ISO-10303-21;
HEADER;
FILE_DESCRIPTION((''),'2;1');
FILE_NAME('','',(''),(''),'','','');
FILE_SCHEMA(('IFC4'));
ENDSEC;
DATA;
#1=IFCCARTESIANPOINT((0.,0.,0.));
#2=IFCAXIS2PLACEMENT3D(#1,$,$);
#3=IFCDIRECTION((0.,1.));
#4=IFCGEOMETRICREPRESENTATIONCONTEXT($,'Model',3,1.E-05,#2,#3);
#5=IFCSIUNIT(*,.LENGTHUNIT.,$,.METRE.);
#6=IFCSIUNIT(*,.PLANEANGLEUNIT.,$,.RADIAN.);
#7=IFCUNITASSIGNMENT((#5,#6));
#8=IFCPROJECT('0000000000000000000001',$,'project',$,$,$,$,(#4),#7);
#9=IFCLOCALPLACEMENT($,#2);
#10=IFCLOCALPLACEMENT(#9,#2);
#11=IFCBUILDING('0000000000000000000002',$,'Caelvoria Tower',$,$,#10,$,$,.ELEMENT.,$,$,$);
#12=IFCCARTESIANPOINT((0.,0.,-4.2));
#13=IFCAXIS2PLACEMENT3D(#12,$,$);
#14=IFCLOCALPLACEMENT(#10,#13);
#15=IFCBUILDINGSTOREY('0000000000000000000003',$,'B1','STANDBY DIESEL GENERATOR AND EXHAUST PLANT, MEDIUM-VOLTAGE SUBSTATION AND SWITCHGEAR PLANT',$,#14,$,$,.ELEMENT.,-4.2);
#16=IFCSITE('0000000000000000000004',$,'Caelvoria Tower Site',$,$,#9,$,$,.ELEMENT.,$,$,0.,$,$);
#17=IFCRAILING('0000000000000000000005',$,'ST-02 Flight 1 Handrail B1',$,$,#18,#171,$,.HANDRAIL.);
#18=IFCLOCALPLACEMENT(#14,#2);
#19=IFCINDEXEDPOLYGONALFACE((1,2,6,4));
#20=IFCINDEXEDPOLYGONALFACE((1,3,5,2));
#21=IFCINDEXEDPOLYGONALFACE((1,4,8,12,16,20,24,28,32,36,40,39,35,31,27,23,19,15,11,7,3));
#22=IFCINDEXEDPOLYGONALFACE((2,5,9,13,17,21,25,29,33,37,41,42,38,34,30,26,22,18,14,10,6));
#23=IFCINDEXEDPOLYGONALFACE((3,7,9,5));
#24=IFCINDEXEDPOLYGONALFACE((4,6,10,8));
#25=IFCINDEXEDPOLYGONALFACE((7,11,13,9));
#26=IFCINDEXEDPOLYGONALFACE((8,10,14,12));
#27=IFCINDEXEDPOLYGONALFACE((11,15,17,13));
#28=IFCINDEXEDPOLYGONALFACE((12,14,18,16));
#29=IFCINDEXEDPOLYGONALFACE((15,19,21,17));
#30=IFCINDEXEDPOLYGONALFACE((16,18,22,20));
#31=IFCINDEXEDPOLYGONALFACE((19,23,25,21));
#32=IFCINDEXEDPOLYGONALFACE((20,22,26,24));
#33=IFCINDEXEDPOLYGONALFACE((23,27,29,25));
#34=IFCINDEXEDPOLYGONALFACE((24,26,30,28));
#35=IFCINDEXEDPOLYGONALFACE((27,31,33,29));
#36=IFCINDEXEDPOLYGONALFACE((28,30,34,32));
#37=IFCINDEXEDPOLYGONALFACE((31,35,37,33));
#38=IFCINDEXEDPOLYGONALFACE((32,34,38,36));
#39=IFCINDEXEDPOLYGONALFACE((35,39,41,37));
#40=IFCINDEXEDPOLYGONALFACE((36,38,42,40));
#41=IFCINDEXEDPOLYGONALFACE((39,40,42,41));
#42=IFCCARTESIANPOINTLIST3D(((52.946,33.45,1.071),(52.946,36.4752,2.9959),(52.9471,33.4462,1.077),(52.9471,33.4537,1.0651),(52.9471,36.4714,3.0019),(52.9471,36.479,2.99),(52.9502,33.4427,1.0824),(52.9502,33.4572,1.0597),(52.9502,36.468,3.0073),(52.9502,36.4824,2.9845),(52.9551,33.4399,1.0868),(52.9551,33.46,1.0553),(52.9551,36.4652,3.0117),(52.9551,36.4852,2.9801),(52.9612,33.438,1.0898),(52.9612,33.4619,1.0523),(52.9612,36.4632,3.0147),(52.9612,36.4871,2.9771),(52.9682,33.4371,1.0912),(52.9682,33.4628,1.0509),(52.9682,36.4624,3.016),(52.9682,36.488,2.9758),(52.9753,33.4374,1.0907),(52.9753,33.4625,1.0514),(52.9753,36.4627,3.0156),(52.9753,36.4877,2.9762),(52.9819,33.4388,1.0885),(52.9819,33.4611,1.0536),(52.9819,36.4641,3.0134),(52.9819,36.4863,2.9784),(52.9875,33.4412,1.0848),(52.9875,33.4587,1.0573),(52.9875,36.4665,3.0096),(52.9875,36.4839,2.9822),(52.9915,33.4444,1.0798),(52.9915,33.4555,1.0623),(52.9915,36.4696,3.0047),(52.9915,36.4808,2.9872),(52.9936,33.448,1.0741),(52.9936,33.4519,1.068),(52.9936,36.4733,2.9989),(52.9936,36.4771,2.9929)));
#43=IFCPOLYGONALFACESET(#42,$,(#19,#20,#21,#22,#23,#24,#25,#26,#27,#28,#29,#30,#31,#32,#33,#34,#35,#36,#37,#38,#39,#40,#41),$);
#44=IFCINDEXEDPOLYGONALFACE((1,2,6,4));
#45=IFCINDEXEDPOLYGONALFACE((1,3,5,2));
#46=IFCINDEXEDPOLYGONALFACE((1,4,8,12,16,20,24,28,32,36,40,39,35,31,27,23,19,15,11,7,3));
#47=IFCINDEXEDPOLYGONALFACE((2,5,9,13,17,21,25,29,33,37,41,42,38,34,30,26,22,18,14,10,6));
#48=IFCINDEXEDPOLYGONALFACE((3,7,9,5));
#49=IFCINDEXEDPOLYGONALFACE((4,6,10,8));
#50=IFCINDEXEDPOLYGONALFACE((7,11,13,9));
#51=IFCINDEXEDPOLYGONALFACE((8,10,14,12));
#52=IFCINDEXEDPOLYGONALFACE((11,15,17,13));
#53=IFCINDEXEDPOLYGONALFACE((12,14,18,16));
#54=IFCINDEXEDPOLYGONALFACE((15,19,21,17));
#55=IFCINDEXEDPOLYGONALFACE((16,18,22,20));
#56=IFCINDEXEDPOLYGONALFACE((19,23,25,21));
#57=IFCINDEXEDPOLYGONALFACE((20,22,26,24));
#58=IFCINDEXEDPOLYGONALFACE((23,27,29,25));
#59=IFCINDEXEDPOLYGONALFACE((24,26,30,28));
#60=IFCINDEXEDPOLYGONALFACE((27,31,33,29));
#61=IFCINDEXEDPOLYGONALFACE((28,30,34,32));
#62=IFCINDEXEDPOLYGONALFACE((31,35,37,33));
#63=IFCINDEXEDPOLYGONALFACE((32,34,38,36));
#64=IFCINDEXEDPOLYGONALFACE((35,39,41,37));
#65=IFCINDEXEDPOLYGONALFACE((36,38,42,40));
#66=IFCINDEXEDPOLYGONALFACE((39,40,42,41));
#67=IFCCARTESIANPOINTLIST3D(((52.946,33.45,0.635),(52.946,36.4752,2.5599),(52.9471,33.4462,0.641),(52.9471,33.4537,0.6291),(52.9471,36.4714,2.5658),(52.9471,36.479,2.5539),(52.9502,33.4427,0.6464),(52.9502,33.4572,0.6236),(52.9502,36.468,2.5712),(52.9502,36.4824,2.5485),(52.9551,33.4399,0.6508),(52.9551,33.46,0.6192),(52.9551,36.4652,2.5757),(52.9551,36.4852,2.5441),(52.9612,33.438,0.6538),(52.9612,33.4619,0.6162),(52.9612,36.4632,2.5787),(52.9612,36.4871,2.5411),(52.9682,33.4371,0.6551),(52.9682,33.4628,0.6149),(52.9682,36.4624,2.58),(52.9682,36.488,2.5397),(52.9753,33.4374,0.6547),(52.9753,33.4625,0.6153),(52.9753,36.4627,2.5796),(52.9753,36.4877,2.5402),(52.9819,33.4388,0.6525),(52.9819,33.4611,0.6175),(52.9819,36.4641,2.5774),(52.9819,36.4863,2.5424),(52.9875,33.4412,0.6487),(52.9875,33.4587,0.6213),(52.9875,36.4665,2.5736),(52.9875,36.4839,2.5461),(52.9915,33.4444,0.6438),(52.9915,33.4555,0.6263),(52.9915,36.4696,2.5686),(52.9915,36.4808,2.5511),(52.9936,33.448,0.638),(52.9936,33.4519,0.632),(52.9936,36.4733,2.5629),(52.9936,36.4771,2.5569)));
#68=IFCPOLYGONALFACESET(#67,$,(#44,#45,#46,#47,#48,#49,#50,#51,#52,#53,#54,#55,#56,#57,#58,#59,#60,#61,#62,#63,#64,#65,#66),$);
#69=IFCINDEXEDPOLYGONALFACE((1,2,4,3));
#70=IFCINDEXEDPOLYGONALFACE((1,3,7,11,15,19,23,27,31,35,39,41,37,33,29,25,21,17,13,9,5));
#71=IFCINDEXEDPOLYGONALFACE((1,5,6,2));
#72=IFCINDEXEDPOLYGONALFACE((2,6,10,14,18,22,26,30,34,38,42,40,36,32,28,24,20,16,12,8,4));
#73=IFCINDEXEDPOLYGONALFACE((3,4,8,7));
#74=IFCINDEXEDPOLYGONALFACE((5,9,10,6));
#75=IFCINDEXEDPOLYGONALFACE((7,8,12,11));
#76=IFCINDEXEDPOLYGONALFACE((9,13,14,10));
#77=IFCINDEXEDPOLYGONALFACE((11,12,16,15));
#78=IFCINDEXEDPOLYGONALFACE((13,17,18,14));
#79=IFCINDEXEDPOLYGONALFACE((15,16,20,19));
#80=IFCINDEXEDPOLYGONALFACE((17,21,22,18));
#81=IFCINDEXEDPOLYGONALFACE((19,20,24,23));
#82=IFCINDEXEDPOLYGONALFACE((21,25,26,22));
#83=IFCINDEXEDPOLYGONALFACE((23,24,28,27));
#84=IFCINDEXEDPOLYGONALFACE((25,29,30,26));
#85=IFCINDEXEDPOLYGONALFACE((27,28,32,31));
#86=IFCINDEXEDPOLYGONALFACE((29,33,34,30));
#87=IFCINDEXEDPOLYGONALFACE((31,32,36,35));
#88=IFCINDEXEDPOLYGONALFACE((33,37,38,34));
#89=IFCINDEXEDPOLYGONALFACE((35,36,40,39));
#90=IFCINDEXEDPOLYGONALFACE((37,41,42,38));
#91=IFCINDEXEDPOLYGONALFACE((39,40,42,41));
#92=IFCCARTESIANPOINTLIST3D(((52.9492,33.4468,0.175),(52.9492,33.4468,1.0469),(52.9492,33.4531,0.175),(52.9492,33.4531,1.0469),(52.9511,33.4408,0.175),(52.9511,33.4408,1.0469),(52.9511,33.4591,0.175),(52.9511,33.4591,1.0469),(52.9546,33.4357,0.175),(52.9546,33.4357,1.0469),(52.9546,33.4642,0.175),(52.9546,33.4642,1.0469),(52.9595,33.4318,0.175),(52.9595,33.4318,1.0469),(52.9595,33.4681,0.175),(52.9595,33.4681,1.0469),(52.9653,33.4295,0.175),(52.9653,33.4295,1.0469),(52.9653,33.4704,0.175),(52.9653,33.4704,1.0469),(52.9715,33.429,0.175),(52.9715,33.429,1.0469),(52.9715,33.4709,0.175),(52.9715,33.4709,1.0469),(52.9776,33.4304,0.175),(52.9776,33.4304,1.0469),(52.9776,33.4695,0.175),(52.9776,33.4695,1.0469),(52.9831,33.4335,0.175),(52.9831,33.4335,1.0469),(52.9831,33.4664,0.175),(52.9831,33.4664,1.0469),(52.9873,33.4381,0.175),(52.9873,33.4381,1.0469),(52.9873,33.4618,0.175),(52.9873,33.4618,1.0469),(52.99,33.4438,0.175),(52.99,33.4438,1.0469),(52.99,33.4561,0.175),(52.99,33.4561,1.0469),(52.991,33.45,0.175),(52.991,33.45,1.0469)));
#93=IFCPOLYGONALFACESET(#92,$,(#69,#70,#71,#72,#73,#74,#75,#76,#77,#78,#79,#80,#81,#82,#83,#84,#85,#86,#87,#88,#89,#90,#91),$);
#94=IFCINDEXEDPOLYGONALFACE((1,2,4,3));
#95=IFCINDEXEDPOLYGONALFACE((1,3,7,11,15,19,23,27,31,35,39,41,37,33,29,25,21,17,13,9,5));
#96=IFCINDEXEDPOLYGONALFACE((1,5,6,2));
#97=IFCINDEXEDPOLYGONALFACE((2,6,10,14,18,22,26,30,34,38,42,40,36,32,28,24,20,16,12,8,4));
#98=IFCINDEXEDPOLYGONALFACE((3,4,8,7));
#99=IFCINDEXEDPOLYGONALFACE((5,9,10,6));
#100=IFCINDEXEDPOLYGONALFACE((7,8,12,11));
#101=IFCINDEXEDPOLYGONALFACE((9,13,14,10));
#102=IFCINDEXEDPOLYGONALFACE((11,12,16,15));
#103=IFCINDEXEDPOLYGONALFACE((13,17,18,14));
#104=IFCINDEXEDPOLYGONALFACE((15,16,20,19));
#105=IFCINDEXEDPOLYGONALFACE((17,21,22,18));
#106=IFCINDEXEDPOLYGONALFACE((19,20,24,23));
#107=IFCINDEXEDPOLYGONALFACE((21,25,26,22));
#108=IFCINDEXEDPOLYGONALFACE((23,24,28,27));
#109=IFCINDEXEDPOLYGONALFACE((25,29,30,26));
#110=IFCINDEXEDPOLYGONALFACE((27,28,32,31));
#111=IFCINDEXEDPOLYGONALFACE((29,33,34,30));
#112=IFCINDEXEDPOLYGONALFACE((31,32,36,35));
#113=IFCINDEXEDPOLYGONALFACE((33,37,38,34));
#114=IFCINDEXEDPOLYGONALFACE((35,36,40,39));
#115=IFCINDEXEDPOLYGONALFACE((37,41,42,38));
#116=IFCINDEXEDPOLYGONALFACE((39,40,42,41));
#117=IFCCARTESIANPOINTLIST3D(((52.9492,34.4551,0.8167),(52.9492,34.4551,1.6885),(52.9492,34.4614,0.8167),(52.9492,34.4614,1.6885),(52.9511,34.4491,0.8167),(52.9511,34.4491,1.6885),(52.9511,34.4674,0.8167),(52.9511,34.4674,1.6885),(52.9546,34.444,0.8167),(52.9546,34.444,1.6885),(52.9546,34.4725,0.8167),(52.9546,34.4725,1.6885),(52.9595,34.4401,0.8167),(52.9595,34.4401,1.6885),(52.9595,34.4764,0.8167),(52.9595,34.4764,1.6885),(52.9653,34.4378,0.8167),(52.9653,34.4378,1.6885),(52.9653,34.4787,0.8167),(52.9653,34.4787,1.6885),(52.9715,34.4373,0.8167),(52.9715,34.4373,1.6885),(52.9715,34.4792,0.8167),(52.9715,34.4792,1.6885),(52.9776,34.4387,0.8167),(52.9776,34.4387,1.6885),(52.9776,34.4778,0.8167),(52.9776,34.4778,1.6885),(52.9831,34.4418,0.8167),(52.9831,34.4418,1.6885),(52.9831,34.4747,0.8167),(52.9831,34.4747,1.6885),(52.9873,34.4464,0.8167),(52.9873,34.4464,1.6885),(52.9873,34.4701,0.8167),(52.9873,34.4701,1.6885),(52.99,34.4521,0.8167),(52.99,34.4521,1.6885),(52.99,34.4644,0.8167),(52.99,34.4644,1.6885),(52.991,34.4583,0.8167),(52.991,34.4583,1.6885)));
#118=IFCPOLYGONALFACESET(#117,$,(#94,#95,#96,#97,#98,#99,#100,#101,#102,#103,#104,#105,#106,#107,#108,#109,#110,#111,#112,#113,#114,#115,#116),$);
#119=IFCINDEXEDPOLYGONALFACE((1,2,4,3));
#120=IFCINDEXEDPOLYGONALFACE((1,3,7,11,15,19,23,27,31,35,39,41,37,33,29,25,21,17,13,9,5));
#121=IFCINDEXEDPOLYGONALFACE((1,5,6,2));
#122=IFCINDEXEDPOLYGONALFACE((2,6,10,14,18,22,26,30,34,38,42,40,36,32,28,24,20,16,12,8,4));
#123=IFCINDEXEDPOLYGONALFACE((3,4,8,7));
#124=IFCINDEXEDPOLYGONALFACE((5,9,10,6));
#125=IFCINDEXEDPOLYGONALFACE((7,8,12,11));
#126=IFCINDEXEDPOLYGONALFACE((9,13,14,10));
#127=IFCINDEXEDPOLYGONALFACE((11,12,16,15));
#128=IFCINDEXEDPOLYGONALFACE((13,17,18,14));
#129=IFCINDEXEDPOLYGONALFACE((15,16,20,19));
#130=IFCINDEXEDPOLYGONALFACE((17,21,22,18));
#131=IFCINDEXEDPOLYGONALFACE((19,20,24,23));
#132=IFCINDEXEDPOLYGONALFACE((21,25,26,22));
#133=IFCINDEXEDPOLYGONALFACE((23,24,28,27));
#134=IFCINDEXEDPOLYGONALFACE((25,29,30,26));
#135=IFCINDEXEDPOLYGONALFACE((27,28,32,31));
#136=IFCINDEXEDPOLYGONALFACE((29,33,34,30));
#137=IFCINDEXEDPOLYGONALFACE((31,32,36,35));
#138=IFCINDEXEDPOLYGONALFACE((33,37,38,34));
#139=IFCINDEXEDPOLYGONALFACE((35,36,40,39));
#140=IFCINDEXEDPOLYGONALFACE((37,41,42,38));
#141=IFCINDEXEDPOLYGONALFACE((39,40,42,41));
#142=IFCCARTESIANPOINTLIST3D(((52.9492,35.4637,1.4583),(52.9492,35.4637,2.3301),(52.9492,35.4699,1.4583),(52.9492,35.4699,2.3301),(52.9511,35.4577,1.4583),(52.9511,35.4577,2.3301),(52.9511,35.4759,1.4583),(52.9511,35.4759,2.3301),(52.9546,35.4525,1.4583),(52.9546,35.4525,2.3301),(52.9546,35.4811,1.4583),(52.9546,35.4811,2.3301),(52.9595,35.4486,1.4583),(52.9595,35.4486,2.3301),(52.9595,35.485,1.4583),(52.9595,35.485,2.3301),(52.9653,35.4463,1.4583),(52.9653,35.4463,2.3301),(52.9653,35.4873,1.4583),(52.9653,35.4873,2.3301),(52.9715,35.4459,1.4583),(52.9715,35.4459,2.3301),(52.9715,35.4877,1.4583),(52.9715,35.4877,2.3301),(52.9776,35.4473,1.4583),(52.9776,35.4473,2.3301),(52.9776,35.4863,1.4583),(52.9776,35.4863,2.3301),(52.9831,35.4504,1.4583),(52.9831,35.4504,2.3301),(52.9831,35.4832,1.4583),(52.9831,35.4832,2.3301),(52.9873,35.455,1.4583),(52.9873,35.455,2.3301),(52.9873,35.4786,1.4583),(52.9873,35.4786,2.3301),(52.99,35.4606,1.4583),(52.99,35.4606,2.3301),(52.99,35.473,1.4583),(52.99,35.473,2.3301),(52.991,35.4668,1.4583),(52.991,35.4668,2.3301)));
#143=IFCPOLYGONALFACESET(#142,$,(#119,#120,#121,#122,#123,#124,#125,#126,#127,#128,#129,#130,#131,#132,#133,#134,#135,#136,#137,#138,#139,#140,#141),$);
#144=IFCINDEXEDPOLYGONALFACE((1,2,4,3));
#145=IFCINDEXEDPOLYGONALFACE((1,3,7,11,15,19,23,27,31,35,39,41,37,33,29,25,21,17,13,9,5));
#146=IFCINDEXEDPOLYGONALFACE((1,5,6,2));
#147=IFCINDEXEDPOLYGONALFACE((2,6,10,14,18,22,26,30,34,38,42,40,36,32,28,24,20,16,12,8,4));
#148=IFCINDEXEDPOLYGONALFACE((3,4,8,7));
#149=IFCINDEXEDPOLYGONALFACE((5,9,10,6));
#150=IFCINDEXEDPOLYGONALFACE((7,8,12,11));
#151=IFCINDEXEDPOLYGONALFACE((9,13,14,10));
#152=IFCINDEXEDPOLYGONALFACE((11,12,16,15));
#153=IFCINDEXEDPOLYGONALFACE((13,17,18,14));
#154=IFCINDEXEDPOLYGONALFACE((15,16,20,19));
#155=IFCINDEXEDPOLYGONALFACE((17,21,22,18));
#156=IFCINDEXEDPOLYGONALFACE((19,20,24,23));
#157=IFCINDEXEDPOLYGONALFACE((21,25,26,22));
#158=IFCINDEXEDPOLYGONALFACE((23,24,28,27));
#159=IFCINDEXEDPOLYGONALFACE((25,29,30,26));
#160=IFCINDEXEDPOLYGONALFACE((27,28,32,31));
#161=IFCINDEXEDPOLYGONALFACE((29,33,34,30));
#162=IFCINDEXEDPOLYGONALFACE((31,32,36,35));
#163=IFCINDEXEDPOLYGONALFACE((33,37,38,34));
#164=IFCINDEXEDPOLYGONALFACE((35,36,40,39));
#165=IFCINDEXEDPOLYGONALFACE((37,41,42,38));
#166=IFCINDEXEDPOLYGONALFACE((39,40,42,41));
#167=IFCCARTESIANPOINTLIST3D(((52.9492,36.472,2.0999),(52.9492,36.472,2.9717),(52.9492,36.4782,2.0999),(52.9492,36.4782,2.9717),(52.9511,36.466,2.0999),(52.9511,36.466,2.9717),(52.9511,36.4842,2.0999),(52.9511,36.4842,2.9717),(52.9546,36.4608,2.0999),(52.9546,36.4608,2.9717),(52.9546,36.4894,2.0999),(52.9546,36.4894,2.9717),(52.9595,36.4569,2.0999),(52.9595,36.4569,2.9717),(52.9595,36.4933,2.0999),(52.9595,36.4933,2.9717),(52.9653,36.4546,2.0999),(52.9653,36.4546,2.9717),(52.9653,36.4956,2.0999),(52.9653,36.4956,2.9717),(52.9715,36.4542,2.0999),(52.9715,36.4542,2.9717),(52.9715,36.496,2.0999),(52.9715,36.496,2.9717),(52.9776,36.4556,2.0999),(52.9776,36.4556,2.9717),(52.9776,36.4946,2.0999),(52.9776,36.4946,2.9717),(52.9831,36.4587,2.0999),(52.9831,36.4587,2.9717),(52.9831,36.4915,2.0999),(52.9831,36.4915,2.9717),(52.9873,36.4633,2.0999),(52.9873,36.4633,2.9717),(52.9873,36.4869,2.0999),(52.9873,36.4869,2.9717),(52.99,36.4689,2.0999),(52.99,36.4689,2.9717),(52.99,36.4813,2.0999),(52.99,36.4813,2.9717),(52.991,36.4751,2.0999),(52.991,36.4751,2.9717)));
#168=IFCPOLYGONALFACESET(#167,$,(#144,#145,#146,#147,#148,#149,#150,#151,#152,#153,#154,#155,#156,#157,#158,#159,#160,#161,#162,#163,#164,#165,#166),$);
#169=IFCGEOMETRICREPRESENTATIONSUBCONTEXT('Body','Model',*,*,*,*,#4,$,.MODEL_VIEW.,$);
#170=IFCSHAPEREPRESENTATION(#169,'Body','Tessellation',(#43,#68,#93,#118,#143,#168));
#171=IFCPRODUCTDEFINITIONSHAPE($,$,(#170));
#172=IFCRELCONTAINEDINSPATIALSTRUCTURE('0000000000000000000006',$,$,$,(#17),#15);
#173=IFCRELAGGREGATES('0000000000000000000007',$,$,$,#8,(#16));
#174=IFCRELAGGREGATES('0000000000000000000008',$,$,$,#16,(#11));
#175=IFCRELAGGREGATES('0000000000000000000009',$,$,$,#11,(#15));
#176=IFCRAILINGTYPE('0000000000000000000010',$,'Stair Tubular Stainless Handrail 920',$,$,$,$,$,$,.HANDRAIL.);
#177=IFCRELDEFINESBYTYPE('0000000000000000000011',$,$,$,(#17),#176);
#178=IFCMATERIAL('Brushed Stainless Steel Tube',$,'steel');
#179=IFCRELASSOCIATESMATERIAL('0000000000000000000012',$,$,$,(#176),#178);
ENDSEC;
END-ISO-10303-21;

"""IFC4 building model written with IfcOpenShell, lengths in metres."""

from ifc_helpers import new_model, si_unit, direction, frame, origin, origin_2d, place, context, subcontext, project, spatial, circle, extrude, material, type_object, element, save


model = new_model("IFC4")

# Units and contexts
model_context = context("Model", 3, precision=1e-05, world=origin(), true_north=direction((0.0, 1.0)))
body_context = subcontext(model_context, "Body", "Model", "MODEL_VIEW")
ifc_project = project(units=[si_unit("LENGTHUNIT", "METRE"), si_unit("PLANEANGLEUNIT", "RADIAN")], contexts=[model_context])

# Site, building, storey
site_placement = place(None, origin())
site = spatial("IfcSite", under=ifc_project, at=site_placement, Name="Caelvoria Tower Site", CompositionType="ELEMENT", RefElevation=0.0)
building_placement = place(site_placement, origin())
building = spatial("IfcBuilding", under=site, at=building_placement, Name="Caelvoria Tower", CompositionType="ELEMENT")
storey_placement = place(building_placement, frame((0.0, 0.0, -4.2)))
storey = spatial("IfcBuildingStorey", under=building, at=storey_placement, Name="B1", Description="STANDBY DIESEL GENERATOR AND EXHAUST PLANT, MEDIUM-VOLTAGE SUBSTATION AND SWITCHGEAR PLANT", CompositionType="ELEMENT", Elevation=-4.2)

# Railing
ifc_material_1 = material(Name="Brushed Stainless Steel Tube", Category="steel")
railing_type_1 = type_object("IfcRailingType", Name="Stair Tubular Stainless Handrail 920", PredefinedType="HANDRAIL", material=ifc_material_1)
railing_1_placement = place(storey_placement, frame((52.97, 33.45, 0.175)))
element("IfcRailing", 1, at=railing_1_placement, inside=storey, type_object=railing_type_1, Name="ST-02 Flight 1 Handrail B1", PredefinedType="HANDRAIL", context=body_context, shape_type="SweptSolid", body=[
    extrude(circle(Radius=0.0239, at=origin_2d()), frame((0.0, 0.0, 0.896), z_axis=(0.0, 0.843698, 0.536818), x_axis=(-1.0, 0.0, 0.0)), (0.0, 0.0, 1.0), 3.5857),
    extrude(circle(Radius=0.0239, at=origin_2d()), frame((0.0, 0.0, 0.46), z_axis=(0.0, 0.843698, 0.536818), x_axis=(-1.0, 0.0, 0.0)), (0.0, 0.0, 1.0), 3.5857),
    extrude(circle(Radius=0.021, at=origin_2d()), origin(), (0.0, 0.0, 1.0), 0.8718),
    extrude(circle(Radius=0.021, at=origin_2d()), frame((0.0, 1.0083, 0.6416)), (0.0, 0.0, 1.0), 0.8718),
    extrude(circle(Radius=0.021, at=origin_2d()), frame((0.0, 2.0168, 1.2832)), (0.0, 0.0, 1.0), 0.8718),
    extrude(circle(Radius=0.021, at=origin_2d()), frame((0.0, 3.0251, 1.9248)), (0.0, 0.0, 1.0), 0.8718),
])

save(model, "model.ifc")
